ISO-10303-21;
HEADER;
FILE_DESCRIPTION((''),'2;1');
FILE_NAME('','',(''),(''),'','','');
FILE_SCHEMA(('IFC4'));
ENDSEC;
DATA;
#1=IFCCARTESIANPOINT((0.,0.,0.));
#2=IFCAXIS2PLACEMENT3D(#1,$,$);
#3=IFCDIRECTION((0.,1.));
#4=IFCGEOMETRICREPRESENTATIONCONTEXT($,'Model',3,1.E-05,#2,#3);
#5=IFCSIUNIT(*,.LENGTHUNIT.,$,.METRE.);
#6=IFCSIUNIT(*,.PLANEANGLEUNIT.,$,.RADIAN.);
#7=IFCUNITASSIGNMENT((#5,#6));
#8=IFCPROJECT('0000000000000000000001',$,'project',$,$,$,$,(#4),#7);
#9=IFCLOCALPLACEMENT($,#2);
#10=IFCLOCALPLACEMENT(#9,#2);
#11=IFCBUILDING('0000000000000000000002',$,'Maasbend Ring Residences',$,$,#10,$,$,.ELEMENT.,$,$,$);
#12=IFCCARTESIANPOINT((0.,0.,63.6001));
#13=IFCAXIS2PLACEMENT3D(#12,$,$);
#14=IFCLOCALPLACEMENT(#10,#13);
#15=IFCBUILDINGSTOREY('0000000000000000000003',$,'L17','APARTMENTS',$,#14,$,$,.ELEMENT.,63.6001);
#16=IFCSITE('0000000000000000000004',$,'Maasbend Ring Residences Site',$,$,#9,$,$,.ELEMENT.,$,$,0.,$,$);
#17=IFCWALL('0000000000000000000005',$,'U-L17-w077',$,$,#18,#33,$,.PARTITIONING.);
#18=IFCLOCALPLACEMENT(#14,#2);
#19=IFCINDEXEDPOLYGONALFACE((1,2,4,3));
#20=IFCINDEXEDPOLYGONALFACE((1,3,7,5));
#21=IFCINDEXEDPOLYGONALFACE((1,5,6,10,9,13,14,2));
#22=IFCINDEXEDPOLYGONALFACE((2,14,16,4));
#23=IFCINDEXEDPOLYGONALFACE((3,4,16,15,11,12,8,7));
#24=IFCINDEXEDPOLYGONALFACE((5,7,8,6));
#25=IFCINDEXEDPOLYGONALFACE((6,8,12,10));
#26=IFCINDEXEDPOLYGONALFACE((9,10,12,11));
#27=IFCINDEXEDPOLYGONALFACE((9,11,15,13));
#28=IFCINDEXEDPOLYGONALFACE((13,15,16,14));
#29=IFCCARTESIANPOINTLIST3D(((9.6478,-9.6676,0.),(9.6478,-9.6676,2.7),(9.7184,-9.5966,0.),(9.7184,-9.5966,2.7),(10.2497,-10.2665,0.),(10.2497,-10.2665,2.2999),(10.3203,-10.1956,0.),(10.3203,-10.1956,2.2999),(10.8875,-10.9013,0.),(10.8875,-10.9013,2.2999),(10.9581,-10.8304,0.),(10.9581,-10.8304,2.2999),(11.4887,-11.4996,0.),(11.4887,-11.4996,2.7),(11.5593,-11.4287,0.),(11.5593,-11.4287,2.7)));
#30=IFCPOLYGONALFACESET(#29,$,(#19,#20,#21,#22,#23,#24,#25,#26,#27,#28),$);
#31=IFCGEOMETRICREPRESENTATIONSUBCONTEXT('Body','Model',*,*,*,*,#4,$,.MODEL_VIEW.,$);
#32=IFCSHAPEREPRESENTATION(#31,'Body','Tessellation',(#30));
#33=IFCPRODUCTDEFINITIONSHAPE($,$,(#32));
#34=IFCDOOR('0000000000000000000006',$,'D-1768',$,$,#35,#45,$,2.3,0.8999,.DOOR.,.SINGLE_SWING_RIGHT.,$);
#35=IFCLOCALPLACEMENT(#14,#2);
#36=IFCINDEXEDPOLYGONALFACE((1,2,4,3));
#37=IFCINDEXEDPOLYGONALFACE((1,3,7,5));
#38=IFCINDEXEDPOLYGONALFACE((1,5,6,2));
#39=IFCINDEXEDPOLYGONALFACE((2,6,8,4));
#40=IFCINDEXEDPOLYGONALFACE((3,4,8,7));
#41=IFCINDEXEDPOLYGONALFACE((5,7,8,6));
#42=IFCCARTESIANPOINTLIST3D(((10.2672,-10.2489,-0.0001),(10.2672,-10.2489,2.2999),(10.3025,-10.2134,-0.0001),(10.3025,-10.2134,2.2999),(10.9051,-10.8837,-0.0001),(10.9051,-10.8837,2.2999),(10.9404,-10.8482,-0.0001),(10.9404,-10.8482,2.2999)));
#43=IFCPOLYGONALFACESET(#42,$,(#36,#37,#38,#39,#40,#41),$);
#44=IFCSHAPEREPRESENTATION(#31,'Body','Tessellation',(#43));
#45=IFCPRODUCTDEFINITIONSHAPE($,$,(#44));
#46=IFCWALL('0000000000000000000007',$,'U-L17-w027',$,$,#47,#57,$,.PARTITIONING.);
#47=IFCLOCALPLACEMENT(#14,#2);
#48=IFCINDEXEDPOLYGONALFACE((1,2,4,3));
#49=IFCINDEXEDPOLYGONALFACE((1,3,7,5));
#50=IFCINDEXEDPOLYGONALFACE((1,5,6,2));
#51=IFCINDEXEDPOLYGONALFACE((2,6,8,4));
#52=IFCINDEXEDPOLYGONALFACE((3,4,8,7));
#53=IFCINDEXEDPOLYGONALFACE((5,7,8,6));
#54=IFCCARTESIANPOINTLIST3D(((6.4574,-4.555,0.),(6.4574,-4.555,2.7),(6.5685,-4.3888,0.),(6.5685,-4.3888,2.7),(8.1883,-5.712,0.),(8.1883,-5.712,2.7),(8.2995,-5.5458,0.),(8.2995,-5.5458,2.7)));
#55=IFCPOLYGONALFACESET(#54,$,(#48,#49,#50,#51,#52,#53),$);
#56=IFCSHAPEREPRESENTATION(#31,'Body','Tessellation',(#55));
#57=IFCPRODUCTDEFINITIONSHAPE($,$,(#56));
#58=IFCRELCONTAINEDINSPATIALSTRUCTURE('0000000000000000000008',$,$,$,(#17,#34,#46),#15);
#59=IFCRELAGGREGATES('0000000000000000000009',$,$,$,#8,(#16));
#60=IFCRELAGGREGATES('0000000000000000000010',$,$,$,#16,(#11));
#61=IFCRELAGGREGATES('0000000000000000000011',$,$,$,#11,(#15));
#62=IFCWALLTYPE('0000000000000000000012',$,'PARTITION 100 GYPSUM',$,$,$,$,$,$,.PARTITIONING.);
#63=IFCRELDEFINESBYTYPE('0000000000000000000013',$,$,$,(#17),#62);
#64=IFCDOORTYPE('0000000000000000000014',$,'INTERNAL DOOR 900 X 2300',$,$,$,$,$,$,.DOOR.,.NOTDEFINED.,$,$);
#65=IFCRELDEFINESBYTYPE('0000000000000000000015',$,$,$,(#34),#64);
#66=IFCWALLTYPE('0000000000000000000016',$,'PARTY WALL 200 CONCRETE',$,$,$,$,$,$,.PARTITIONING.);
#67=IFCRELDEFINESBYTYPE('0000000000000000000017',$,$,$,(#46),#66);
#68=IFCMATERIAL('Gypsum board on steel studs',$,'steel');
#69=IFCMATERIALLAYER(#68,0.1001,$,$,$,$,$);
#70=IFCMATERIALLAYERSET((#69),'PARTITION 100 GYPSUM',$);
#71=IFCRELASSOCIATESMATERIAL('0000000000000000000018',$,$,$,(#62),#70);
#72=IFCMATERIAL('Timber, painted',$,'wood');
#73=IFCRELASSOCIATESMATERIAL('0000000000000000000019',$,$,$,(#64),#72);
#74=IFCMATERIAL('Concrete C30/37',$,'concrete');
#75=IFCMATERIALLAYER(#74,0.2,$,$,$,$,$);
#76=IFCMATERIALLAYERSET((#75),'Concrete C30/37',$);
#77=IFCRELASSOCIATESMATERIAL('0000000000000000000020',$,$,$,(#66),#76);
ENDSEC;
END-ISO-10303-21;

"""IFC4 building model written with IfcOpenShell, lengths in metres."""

from ifc_helpers import new_model, si_unit, direction, frame, frame_2d, origin, place, context, subcontext, project, spatial, rectangle, extrude, material, layer, layer_set, type_object, element, fill, save


model = new_model("IFC4")

# Units and contexts
model_context = context("Model", 3, precision=1e-05, world=origin(), true_north=direction((0.0, 1.0)))
body_context = subcontext(model_context, "Body", "Model", "MODEL_VIEW")
ifc_project = project(units=[si_unit("LENGTHUNIT", "METRE"), si_unit("PLANEANGLEUNIT", "RADIAN")], contexts=[model_context])

# Site, building, storey
site_placement = place(None, origin())
site = spatial("IfcSite", under=ifc_project, at=site_placement, Name="Maasbend Ring Residences Site", CompositionType="ELEMENT", RefElevation=0.0)
building_placement = place(site_placement, origin())
building = spatial("IfcBuilding", under=site, at=building_placement, Name="Maasbend Ring Residences", CompositionType="ELEMENT")
storey_placement = place(building_placement, frame((0.0, 0.0, 63.6001)))
storey = spatial("IfcBuildingStorey", under=building, at=storey_placement, Name="L17", Description="APARTMENTS", CompositionType="ELEMENT", Elevation=63.6001)

# Shared definitions
ifc_material_1 = material(Name="Gypsum board on steel studs", Category="steel")
ifc_layer_1 = layer(ifc_material_1, 0.1001)
ifc_layer_set_1 = layer_set([ifc_layer_1], Name="PARTITION 100 GYPSUM")
wall_type_1 = type_object("IfcWallType", Name="PARTITION 100 GYPSUM", PredefinedType="PARTITIONING", material=ifc_layer_set_1)

# Wall, opening, door
wall_1_placement = place(storey_placement, frame((9.6831, -9.6321, 0.0), z_axis=(0.0, 0.0, 1.0), x_axis=(0.708797, -0.705413, 0.0)))
wall_1 = element("IfcWall", 1, at=wall_1_placement, inside=storey, type_object=wall_type_1, Name="U-L17-w077", PredefinedType="PARTITIONING", context=body_context, shape_type="SweptSolid", body=[
    extrude(rectangle(XDim=2.5972, YDim=0.1001, at=frame_2d((1.2986, 0.0))), origin(), (0.0, 0.0, 1.0), 2.7),
])
opening_1_placement = place(wall_1_placement, frame((0.8491, 0.0, 0.0)))
opening_1 = element("IfcOpeningElement", 2, at=opening_1_placement, cuts=wall_1, PredefinedType="OPENING", context=body_context, shape_type="SweptSolid", body=[
    extrude(rectangle(XDim=0.8999, YDim=2.3, at=frame_2d((0.45, 1.1499))), frame((0.0, 0.0601, 0.0), z_axis=(0.0, -1.0, 0.0), x_axis=(1.0, 0.0, 0.0)), (0.0, 0.0, 1.0), 0.1201),
])
ifc_material_2 = material(Name="Timber, painted", Category="wood")
door_type_1 = type_object("IfcDoorType", Name="INTERNAL DOOR 900 X 2300", OperationType="NOTDEFINED", PredefinedType="DOOR", material=ifc_material_2)
door_1_placement = place(opening_1_placement, origin())
door_1 = element("IfcDoor", 3, at=door_1_placement, inside=storey, type_object=door_type_1, Name="D-1768", OperationType="SINGLE_SWING_RIGHT", OverallHeight=2.3, OverallWidth=0.8999, PredefinedType="DOOR", context=body_context, shape_type="SweptSolid", body=[
    extrude(rectangle(XDim=0.8999, YDim=2.3, at=frame_2d((0.45, 1.1499))), frame((0.0, 0.0249, 0.0), z_axis=(0.0, -1.0, 0.0), x_axis=(1.0, 0.0, 0.0)), (0.0, 0.0, 1.0), 0.05),
])
fill(opening_1, door_1)

# Wall
ifc_material_3 = material(Name="Concrete C30/37", Category="concrete")
ifc_layer_2 = layer(ifc_material_3, 0.2)
ifc_layer_set_2 = layer_set([ifc_layer_2], Name="Concrete C30/37")
wall_type_2 = type_object("IfcWallType", Name="PARTY WALL 200 CONCRETE", PredefinedType="PARTITIONING", material=ifc_layer_set_2)
wall_2_placement = place(storey_placement, frame((6.5129, -4.4719, 0.0), z_axis=(0.0, 0.0, 1.0), x_axis=(0.831382, -0.555701, 0.0)))
element("IfcWall", 4, at=wall_2_placement, inside=storey, type_object=wall_type_2, Name="U-L17-w027", PredefinedType="PARTITIONING", context=body_context, shape_type="SweptSolid", body=[
    extrude(rectangle(XDim=2.082, YDim=0.2, at=frame_2d((1.041, 0.0))), origin(), (0.0, 0.0, 1.0), 2.7),
])

save(model, "model.ifc")
